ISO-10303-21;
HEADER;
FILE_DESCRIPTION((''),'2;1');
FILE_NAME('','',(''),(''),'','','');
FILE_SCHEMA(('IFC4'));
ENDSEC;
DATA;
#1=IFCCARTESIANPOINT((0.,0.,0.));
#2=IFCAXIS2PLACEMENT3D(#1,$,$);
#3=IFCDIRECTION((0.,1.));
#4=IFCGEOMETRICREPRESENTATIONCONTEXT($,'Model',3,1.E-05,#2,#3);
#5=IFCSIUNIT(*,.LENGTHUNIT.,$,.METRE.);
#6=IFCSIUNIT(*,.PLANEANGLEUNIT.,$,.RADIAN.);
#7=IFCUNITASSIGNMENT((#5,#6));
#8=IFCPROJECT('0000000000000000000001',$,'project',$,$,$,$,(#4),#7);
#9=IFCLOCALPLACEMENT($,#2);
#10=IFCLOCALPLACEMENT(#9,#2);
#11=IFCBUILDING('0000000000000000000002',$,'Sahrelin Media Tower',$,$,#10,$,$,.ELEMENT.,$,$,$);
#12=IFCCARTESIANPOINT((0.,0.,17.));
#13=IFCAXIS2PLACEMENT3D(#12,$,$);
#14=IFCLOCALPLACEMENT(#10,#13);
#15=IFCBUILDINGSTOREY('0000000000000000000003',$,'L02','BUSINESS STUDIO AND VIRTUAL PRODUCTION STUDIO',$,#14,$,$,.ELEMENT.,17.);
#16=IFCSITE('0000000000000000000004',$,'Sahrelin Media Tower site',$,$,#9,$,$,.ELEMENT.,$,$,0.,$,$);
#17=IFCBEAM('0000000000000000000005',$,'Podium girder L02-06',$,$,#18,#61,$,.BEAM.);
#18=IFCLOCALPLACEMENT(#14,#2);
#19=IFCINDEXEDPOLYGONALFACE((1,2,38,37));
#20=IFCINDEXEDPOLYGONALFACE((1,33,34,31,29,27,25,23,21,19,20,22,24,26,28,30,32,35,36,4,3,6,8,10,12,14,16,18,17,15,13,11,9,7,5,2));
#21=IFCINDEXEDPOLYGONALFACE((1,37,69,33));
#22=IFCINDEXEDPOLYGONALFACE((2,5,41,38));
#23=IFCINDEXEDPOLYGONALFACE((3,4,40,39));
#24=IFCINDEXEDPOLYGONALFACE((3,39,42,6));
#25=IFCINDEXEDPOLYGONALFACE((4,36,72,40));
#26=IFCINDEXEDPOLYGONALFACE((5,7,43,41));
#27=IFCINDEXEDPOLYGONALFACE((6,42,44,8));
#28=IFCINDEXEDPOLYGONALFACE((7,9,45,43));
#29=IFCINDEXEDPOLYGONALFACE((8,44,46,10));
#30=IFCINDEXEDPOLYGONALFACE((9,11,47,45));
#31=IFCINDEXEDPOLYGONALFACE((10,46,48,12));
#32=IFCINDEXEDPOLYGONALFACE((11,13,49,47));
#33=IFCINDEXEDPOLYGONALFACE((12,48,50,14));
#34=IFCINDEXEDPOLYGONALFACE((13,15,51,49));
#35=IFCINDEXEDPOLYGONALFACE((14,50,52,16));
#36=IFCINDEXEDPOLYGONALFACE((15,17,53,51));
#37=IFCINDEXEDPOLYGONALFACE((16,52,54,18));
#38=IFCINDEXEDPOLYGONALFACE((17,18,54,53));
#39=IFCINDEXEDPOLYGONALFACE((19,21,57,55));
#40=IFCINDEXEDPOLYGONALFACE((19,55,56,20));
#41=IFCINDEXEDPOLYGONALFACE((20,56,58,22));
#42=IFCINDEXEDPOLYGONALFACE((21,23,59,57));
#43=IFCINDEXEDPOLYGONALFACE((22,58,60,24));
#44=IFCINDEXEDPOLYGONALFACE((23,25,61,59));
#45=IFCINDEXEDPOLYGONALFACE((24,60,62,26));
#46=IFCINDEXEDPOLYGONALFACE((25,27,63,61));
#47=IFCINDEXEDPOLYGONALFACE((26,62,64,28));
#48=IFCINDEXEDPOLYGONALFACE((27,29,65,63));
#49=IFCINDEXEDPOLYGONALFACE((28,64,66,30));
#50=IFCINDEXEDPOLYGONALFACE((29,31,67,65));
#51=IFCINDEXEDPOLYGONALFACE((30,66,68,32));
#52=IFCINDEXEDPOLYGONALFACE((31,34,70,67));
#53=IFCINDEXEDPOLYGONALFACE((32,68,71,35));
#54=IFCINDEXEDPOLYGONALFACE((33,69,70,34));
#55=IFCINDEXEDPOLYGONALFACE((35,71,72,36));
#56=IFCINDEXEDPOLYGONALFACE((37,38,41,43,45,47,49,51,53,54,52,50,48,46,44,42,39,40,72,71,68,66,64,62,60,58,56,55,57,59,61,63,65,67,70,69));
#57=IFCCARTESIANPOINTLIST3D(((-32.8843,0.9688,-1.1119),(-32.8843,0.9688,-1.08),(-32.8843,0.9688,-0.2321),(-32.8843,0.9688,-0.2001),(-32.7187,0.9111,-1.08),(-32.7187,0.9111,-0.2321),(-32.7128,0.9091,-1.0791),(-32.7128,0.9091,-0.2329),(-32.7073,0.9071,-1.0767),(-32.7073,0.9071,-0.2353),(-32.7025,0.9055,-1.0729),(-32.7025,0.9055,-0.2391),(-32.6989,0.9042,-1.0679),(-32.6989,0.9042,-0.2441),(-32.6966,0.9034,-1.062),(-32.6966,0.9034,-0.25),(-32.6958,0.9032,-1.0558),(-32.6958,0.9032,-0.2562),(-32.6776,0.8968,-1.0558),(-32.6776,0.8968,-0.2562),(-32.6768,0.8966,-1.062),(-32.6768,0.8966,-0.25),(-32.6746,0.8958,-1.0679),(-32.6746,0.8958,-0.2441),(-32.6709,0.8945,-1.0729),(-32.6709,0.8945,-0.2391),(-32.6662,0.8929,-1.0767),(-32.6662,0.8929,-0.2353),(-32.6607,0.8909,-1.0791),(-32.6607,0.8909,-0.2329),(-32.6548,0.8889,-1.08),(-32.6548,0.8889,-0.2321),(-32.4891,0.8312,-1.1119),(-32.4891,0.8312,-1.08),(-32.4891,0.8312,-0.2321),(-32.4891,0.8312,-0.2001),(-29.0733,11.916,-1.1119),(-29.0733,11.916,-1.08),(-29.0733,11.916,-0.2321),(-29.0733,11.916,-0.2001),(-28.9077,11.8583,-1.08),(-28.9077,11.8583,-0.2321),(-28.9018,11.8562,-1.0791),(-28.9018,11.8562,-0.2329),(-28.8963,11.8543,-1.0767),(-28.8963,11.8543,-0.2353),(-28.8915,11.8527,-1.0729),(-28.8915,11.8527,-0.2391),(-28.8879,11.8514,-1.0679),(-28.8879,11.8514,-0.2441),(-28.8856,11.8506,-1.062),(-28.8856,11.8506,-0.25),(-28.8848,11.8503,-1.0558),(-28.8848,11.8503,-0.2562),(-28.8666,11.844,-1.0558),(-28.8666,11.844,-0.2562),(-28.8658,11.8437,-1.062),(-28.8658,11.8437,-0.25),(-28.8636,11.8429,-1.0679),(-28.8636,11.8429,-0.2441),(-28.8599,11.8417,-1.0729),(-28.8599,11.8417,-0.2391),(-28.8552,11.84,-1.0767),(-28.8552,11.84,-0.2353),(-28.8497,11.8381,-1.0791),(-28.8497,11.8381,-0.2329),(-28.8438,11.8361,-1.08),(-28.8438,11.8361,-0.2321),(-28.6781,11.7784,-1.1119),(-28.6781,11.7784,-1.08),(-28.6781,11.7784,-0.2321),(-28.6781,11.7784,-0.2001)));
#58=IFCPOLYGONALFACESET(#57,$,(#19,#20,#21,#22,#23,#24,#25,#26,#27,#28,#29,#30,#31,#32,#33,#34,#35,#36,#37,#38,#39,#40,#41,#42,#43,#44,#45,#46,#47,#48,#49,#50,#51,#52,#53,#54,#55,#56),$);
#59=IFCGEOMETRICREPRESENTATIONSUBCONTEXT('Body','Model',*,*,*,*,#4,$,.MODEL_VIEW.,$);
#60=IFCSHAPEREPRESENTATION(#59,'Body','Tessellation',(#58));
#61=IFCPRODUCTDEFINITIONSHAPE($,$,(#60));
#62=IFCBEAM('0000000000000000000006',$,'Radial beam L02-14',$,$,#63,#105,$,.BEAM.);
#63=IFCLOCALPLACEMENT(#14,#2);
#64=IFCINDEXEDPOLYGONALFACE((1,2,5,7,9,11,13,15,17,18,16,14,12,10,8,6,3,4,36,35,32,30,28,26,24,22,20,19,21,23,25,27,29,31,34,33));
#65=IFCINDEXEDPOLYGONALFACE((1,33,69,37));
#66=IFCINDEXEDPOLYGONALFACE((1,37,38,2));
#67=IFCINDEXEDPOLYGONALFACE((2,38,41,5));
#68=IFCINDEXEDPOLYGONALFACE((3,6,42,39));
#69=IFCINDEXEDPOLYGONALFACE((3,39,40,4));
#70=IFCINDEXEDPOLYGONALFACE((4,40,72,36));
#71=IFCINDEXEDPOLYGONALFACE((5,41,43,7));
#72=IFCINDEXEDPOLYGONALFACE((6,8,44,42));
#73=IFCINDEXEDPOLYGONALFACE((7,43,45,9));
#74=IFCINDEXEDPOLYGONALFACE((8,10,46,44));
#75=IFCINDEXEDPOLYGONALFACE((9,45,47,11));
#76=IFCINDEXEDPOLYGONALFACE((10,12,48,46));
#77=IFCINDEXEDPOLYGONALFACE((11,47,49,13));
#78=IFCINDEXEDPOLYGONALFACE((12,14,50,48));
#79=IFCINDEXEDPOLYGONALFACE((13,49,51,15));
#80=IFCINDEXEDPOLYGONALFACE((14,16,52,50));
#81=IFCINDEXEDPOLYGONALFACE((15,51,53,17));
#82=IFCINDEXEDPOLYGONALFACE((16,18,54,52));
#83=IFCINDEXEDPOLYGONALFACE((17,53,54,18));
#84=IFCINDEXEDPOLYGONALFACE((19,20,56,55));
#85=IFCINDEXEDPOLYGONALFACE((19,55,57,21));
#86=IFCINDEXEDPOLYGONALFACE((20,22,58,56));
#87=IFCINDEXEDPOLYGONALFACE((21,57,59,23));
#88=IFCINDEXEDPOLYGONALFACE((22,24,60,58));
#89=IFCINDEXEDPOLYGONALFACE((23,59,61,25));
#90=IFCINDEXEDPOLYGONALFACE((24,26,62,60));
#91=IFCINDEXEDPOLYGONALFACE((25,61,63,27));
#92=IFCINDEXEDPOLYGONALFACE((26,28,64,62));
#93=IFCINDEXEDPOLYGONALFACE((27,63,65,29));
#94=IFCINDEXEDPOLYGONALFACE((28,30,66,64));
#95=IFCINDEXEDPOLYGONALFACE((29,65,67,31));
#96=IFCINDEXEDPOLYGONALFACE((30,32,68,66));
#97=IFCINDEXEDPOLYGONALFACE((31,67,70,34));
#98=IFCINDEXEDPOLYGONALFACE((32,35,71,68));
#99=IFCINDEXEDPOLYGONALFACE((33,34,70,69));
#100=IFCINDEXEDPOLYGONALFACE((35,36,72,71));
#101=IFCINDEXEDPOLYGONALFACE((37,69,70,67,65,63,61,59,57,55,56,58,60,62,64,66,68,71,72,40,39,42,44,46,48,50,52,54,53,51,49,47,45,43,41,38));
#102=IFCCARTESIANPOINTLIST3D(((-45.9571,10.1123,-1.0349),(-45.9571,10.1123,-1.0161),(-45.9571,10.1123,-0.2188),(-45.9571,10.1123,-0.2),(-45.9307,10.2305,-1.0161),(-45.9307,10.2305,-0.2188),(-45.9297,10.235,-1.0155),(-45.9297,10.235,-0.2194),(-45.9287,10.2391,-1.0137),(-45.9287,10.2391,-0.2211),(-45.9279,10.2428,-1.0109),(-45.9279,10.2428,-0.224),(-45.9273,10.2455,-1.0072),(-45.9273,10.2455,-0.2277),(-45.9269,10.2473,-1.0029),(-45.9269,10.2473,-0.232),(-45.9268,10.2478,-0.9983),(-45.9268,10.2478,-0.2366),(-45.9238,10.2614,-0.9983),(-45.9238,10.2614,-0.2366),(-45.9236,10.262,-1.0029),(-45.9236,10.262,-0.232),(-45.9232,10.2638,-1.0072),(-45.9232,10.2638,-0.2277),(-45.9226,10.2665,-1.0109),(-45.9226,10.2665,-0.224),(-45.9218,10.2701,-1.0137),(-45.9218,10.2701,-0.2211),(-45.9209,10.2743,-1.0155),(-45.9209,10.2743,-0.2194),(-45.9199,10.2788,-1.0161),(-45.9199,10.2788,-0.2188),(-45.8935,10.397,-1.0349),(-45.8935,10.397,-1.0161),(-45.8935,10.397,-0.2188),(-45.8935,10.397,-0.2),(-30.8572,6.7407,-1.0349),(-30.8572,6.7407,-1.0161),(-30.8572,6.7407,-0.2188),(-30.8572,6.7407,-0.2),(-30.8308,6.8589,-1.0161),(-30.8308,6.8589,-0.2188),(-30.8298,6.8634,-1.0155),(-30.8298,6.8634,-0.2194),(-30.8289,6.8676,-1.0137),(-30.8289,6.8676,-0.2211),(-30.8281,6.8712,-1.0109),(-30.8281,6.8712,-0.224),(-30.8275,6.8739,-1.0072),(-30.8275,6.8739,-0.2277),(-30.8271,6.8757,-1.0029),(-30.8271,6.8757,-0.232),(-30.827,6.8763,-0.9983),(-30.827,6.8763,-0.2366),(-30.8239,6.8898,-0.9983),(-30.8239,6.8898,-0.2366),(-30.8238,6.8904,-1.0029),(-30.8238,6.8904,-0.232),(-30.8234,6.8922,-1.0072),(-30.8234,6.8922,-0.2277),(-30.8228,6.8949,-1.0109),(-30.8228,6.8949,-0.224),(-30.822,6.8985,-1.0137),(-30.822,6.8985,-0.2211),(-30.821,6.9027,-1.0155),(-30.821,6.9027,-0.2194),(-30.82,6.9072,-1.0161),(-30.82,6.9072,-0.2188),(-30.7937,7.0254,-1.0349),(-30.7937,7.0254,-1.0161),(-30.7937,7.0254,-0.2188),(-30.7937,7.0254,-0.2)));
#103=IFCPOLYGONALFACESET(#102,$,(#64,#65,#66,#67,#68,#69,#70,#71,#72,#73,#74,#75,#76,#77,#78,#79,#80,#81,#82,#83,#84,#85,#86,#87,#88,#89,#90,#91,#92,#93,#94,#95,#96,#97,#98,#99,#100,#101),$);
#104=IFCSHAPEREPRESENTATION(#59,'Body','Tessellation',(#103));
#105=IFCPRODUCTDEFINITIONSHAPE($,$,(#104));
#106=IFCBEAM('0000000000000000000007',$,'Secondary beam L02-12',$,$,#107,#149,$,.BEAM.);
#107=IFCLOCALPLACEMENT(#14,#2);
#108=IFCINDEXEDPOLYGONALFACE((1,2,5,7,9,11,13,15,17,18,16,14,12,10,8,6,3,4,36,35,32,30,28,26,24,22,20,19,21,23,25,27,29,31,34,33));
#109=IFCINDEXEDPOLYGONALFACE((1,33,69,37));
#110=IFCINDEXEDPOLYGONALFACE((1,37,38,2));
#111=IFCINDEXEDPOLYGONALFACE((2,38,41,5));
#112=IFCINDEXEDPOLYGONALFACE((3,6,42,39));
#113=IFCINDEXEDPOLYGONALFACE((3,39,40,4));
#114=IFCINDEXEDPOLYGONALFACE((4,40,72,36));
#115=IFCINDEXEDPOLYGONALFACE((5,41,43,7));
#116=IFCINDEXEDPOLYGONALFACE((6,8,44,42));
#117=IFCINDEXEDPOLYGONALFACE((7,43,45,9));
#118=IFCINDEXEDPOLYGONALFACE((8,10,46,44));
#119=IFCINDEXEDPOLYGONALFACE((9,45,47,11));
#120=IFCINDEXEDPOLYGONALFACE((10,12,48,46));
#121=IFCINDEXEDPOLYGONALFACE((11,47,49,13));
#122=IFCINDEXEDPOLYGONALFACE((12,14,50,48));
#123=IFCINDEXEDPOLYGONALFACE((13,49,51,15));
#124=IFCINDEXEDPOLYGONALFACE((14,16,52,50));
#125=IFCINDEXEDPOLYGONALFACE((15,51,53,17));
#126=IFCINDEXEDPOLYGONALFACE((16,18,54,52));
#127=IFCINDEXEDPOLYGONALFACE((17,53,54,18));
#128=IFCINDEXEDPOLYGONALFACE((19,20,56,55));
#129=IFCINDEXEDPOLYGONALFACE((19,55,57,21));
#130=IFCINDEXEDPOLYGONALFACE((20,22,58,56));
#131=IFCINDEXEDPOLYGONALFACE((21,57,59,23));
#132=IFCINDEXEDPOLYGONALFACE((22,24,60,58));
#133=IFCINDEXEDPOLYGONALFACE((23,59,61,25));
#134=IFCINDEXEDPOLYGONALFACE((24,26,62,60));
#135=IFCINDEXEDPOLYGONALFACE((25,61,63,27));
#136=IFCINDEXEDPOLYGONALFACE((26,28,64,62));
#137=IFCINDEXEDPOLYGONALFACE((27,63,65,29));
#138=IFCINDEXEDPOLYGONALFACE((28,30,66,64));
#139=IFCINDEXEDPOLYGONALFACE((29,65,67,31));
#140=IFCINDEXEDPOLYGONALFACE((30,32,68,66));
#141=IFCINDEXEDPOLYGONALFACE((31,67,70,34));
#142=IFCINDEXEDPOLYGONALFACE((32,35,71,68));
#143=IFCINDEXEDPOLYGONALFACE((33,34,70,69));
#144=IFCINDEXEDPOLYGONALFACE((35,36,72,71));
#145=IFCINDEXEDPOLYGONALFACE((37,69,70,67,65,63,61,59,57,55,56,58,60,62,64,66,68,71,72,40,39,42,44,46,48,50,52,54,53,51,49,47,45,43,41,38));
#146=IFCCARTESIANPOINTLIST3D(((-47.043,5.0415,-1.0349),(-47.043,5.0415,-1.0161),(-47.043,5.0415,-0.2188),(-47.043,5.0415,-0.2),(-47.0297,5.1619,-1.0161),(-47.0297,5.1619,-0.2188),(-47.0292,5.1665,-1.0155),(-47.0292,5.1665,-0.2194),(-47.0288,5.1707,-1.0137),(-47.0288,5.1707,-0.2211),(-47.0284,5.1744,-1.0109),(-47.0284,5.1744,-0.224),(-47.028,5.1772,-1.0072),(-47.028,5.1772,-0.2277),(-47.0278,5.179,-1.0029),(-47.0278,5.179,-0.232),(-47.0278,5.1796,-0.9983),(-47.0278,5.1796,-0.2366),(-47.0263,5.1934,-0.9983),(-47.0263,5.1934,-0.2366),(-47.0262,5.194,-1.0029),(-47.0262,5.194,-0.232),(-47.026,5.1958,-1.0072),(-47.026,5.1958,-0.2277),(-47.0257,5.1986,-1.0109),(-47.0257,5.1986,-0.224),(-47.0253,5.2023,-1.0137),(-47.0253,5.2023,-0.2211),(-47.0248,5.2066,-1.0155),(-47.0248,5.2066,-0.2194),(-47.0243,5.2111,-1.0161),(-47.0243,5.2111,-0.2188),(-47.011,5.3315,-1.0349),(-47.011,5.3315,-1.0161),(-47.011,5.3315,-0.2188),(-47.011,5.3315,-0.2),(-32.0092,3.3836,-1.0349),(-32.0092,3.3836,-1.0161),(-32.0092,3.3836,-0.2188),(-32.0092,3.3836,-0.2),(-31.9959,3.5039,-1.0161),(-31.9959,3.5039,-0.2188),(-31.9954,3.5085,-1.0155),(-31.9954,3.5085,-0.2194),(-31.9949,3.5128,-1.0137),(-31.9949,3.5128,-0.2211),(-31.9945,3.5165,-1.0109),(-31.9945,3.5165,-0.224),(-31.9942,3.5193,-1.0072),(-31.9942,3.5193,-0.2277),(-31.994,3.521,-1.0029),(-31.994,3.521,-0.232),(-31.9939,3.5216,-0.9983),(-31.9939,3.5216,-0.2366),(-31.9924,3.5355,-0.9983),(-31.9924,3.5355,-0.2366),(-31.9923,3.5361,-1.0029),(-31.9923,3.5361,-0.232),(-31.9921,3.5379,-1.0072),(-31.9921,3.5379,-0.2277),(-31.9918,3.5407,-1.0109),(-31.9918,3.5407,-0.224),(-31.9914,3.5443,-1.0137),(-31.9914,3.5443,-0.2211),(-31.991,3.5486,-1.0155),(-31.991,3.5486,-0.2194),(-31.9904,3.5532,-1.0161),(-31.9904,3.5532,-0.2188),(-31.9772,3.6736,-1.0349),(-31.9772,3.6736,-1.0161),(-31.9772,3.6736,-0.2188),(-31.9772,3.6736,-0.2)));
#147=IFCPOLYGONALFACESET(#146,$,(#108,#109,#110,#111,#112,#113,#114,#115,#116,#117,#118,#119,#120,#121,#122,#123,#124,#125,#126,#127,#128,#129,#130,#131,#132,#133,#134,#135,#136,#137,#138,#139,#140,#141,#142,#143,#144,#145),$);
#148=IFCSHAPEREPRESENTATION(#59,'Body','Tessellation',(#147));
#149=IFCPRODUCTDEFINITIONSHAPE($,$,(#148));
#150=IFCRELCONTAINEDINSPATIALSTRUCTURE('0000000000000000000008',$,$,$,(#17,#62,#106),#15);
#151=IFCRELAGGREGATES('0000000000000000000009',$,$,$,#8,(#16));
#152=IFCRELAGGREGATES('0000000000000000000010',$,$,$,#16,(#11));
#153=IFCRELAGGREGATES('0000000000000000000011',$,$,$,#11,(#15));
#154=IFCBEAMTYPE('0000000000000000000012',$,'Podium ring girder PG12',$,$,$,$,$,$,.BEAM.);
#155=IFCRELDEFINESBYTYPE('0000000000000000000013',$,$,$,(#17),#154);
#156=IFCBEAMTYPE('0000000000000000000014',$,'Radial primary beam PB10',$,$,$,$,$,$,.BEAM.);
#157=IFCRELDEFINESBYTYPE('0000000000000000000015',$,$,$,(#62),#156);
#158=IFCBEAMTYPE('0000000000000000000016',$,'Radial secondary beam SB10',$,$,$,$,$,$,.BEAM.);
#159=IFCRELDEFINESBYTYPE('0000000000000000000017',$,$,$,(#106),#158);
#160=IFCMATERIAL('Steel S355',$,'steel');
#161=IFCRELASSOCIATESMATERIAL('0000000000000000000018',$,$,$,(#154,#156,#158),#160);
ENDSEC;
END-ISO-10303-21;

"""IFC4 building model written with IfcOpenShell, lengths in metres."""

from ifc_helpers import new_model, si_unit, direction, frame, origin, origin_2d, place, context, subcontext, project, spatial, i_section, extrude, material, material_profile, profile_set, type_object, element, save


model = new_model("IFC4")

# Units and contexts
model_context = context("Model", 3, precision=1e-05, world=origin(), true_north=direction((0.0, 1.0)))
body_context = subcontext(model_context, "Body", "Model", "MODEL_VIEW")
ifc_project = project(units=[si_unit("LENGTHUNIT", "METRE"), si_unit("PLANEANGLEUNIT", "RADIAN")], contexts=[model_context])

# Site, building, storey
site_placement = place(None, origin())
site = spatial("IfcSite", under=ifc_project, at=site_placement, Name="Sahrelin Media Tower site", CompositionType="ELEMENT", RefElevation=0.0)
building_placement = place(site_placement, origin())
building = spatial("IfcBuilding", under=site, at=building_placement, Name="Sahrelin Media Tower", CompositionType="ELEMENT")
storey_placement = place(building_placement, frame((0.0, 0.0, 17.0)))
storey = spatial("IfcBuildingStorey", under=building, at=storey_placement, Name="L02", Description="BUSINESS STUDIO AND VIRTUAL PRODUCTION STUDIO", CompositionType="ELEMENT", Elevation=17.0)

# Beams
ifc_material_1 = material(Name="Steel S355", Category="steel")
ifc_material_profile_1 = material_profile(ifc_material_1, i_section(OverallWidth=0.4185, OverallDepth=0.9119, WebThickness=0.0193, FlangeThickness=0.032, FilletRadius=0.0242, at=origin_2d()), Name="UB 914x419x343")
ifc_profile_set_1 = profile_set([ifc_material_profile_1], Name="Steel S355")
beam_type_1 = type_object("IfcBeamType", Name="Podium ring girder PG12", PredefinedType="BEAM", material=ifc_profile_set_1)
beam_1_placement = place(storey_placement, frame((-28.8757, 11.8472, -0.656), z_axis=(-0.328774, -0.944409, 0.0), x_axis=(0.944409, -0.328774, 0.0)))
element("IfcBeam", 1, at=beam_1_placement, inside=storey, type_object=beam_type_1, Name="Podium girder L02-06", PredefinedType="BEAM", context=body_context, shape_type="SweptSolid", body=[
    extrude(i_section(OverallWidth=0.4185, OverallDepth=0.9119, WebThickness=0.0193, FlangeThickness=0.032, FilletRadius=0.0242, at=origin_2d()), origin(), (0.0, 0.0, 1.0), 11.5916),
])
ifc_material_profile_2 = material_profile(ifc_material_1, i_section(OverallWidth=0.2917, OverallDepth=0.835, WebThickness=0.0139, FlangeThickness=0.0188, FilletRadius=0.0178, at=origin_2d()), Name="UB 838x292x176")
ifc_profile_set_2 = profile_set([ifc_material_profile_2], Name="Steel S355")
beam_type_2 = type_object("IfcBeamType", Name="Radial primary beam PB10", PredefinedType="BEAM", material=ifc_profile_set_2)
beam_2_placement = place(storey_placement, frame((-30.8254, 6.8831, -0.6174), z_axis=(-0.975967, 0.217919, 0.0), x_axis=(-0.217919, -0.975967, 0.0)))
element("IfcBeam", 2, at=beam_2_placement, inside=storey, type_object=beam_type_2, Name="Radial beam L02-14", PredefinedType="BEAM", context=body_context, shape_type="SweptSolid", body=[
    extrude(i_section(OverallWidth=0.2917, OverallDepth=0.835, WebThickness=0.0139, FlangeThickness=0.0188, FilletRadius=0.0178, at=origin_2d()), origin(), (0.0, 0.0, 1.0), 15.4717),
])
ifc_material_profile_3 = material_profile(ifc_material_1, i_section(OverallWidth=0.2917, OverallDepth=0.835, WebThickness=0.0139, FlangeThickness=0.0188, FilletRadius=0.0178, at=origin_2d()), Name="UB 838x292x176")
ifc_profile_set_3 = profile_set([ifc_material_profile_3], Name="Steel S355")
beam_type_3 = type_object("IfcBeamType", Name="Radial secondary beam SB10", PredefinedType="BEAM", material=ifc_profile_set_3)
beam_3_placement = place(storey_placement, frame((-31.9932, 3.5286, -0.6174), z_axis=(-0.993974, 0.109617, 0.0), x_axis=(-0.109617, -0.993974, 0.0)))
element("IfcBeam", 3, at=beam_3_placement, inside=storey, type_object=beam_type_3, Name="Secondary beam L02-12", PredefinedType="BEAM", context=body_context, shape_type="SweptSolid", body=[
    extrude(i_section(OverallWidth=0.2917, OverallDepth=0.835, WebThickness=0.0139, FlangeThickness=0.0188, FilletRadius=0.0178, at=origin_2d()), origin(), (0.0, 0.0, 1.0), 15.125),
])

save(model, "model.ifc")
